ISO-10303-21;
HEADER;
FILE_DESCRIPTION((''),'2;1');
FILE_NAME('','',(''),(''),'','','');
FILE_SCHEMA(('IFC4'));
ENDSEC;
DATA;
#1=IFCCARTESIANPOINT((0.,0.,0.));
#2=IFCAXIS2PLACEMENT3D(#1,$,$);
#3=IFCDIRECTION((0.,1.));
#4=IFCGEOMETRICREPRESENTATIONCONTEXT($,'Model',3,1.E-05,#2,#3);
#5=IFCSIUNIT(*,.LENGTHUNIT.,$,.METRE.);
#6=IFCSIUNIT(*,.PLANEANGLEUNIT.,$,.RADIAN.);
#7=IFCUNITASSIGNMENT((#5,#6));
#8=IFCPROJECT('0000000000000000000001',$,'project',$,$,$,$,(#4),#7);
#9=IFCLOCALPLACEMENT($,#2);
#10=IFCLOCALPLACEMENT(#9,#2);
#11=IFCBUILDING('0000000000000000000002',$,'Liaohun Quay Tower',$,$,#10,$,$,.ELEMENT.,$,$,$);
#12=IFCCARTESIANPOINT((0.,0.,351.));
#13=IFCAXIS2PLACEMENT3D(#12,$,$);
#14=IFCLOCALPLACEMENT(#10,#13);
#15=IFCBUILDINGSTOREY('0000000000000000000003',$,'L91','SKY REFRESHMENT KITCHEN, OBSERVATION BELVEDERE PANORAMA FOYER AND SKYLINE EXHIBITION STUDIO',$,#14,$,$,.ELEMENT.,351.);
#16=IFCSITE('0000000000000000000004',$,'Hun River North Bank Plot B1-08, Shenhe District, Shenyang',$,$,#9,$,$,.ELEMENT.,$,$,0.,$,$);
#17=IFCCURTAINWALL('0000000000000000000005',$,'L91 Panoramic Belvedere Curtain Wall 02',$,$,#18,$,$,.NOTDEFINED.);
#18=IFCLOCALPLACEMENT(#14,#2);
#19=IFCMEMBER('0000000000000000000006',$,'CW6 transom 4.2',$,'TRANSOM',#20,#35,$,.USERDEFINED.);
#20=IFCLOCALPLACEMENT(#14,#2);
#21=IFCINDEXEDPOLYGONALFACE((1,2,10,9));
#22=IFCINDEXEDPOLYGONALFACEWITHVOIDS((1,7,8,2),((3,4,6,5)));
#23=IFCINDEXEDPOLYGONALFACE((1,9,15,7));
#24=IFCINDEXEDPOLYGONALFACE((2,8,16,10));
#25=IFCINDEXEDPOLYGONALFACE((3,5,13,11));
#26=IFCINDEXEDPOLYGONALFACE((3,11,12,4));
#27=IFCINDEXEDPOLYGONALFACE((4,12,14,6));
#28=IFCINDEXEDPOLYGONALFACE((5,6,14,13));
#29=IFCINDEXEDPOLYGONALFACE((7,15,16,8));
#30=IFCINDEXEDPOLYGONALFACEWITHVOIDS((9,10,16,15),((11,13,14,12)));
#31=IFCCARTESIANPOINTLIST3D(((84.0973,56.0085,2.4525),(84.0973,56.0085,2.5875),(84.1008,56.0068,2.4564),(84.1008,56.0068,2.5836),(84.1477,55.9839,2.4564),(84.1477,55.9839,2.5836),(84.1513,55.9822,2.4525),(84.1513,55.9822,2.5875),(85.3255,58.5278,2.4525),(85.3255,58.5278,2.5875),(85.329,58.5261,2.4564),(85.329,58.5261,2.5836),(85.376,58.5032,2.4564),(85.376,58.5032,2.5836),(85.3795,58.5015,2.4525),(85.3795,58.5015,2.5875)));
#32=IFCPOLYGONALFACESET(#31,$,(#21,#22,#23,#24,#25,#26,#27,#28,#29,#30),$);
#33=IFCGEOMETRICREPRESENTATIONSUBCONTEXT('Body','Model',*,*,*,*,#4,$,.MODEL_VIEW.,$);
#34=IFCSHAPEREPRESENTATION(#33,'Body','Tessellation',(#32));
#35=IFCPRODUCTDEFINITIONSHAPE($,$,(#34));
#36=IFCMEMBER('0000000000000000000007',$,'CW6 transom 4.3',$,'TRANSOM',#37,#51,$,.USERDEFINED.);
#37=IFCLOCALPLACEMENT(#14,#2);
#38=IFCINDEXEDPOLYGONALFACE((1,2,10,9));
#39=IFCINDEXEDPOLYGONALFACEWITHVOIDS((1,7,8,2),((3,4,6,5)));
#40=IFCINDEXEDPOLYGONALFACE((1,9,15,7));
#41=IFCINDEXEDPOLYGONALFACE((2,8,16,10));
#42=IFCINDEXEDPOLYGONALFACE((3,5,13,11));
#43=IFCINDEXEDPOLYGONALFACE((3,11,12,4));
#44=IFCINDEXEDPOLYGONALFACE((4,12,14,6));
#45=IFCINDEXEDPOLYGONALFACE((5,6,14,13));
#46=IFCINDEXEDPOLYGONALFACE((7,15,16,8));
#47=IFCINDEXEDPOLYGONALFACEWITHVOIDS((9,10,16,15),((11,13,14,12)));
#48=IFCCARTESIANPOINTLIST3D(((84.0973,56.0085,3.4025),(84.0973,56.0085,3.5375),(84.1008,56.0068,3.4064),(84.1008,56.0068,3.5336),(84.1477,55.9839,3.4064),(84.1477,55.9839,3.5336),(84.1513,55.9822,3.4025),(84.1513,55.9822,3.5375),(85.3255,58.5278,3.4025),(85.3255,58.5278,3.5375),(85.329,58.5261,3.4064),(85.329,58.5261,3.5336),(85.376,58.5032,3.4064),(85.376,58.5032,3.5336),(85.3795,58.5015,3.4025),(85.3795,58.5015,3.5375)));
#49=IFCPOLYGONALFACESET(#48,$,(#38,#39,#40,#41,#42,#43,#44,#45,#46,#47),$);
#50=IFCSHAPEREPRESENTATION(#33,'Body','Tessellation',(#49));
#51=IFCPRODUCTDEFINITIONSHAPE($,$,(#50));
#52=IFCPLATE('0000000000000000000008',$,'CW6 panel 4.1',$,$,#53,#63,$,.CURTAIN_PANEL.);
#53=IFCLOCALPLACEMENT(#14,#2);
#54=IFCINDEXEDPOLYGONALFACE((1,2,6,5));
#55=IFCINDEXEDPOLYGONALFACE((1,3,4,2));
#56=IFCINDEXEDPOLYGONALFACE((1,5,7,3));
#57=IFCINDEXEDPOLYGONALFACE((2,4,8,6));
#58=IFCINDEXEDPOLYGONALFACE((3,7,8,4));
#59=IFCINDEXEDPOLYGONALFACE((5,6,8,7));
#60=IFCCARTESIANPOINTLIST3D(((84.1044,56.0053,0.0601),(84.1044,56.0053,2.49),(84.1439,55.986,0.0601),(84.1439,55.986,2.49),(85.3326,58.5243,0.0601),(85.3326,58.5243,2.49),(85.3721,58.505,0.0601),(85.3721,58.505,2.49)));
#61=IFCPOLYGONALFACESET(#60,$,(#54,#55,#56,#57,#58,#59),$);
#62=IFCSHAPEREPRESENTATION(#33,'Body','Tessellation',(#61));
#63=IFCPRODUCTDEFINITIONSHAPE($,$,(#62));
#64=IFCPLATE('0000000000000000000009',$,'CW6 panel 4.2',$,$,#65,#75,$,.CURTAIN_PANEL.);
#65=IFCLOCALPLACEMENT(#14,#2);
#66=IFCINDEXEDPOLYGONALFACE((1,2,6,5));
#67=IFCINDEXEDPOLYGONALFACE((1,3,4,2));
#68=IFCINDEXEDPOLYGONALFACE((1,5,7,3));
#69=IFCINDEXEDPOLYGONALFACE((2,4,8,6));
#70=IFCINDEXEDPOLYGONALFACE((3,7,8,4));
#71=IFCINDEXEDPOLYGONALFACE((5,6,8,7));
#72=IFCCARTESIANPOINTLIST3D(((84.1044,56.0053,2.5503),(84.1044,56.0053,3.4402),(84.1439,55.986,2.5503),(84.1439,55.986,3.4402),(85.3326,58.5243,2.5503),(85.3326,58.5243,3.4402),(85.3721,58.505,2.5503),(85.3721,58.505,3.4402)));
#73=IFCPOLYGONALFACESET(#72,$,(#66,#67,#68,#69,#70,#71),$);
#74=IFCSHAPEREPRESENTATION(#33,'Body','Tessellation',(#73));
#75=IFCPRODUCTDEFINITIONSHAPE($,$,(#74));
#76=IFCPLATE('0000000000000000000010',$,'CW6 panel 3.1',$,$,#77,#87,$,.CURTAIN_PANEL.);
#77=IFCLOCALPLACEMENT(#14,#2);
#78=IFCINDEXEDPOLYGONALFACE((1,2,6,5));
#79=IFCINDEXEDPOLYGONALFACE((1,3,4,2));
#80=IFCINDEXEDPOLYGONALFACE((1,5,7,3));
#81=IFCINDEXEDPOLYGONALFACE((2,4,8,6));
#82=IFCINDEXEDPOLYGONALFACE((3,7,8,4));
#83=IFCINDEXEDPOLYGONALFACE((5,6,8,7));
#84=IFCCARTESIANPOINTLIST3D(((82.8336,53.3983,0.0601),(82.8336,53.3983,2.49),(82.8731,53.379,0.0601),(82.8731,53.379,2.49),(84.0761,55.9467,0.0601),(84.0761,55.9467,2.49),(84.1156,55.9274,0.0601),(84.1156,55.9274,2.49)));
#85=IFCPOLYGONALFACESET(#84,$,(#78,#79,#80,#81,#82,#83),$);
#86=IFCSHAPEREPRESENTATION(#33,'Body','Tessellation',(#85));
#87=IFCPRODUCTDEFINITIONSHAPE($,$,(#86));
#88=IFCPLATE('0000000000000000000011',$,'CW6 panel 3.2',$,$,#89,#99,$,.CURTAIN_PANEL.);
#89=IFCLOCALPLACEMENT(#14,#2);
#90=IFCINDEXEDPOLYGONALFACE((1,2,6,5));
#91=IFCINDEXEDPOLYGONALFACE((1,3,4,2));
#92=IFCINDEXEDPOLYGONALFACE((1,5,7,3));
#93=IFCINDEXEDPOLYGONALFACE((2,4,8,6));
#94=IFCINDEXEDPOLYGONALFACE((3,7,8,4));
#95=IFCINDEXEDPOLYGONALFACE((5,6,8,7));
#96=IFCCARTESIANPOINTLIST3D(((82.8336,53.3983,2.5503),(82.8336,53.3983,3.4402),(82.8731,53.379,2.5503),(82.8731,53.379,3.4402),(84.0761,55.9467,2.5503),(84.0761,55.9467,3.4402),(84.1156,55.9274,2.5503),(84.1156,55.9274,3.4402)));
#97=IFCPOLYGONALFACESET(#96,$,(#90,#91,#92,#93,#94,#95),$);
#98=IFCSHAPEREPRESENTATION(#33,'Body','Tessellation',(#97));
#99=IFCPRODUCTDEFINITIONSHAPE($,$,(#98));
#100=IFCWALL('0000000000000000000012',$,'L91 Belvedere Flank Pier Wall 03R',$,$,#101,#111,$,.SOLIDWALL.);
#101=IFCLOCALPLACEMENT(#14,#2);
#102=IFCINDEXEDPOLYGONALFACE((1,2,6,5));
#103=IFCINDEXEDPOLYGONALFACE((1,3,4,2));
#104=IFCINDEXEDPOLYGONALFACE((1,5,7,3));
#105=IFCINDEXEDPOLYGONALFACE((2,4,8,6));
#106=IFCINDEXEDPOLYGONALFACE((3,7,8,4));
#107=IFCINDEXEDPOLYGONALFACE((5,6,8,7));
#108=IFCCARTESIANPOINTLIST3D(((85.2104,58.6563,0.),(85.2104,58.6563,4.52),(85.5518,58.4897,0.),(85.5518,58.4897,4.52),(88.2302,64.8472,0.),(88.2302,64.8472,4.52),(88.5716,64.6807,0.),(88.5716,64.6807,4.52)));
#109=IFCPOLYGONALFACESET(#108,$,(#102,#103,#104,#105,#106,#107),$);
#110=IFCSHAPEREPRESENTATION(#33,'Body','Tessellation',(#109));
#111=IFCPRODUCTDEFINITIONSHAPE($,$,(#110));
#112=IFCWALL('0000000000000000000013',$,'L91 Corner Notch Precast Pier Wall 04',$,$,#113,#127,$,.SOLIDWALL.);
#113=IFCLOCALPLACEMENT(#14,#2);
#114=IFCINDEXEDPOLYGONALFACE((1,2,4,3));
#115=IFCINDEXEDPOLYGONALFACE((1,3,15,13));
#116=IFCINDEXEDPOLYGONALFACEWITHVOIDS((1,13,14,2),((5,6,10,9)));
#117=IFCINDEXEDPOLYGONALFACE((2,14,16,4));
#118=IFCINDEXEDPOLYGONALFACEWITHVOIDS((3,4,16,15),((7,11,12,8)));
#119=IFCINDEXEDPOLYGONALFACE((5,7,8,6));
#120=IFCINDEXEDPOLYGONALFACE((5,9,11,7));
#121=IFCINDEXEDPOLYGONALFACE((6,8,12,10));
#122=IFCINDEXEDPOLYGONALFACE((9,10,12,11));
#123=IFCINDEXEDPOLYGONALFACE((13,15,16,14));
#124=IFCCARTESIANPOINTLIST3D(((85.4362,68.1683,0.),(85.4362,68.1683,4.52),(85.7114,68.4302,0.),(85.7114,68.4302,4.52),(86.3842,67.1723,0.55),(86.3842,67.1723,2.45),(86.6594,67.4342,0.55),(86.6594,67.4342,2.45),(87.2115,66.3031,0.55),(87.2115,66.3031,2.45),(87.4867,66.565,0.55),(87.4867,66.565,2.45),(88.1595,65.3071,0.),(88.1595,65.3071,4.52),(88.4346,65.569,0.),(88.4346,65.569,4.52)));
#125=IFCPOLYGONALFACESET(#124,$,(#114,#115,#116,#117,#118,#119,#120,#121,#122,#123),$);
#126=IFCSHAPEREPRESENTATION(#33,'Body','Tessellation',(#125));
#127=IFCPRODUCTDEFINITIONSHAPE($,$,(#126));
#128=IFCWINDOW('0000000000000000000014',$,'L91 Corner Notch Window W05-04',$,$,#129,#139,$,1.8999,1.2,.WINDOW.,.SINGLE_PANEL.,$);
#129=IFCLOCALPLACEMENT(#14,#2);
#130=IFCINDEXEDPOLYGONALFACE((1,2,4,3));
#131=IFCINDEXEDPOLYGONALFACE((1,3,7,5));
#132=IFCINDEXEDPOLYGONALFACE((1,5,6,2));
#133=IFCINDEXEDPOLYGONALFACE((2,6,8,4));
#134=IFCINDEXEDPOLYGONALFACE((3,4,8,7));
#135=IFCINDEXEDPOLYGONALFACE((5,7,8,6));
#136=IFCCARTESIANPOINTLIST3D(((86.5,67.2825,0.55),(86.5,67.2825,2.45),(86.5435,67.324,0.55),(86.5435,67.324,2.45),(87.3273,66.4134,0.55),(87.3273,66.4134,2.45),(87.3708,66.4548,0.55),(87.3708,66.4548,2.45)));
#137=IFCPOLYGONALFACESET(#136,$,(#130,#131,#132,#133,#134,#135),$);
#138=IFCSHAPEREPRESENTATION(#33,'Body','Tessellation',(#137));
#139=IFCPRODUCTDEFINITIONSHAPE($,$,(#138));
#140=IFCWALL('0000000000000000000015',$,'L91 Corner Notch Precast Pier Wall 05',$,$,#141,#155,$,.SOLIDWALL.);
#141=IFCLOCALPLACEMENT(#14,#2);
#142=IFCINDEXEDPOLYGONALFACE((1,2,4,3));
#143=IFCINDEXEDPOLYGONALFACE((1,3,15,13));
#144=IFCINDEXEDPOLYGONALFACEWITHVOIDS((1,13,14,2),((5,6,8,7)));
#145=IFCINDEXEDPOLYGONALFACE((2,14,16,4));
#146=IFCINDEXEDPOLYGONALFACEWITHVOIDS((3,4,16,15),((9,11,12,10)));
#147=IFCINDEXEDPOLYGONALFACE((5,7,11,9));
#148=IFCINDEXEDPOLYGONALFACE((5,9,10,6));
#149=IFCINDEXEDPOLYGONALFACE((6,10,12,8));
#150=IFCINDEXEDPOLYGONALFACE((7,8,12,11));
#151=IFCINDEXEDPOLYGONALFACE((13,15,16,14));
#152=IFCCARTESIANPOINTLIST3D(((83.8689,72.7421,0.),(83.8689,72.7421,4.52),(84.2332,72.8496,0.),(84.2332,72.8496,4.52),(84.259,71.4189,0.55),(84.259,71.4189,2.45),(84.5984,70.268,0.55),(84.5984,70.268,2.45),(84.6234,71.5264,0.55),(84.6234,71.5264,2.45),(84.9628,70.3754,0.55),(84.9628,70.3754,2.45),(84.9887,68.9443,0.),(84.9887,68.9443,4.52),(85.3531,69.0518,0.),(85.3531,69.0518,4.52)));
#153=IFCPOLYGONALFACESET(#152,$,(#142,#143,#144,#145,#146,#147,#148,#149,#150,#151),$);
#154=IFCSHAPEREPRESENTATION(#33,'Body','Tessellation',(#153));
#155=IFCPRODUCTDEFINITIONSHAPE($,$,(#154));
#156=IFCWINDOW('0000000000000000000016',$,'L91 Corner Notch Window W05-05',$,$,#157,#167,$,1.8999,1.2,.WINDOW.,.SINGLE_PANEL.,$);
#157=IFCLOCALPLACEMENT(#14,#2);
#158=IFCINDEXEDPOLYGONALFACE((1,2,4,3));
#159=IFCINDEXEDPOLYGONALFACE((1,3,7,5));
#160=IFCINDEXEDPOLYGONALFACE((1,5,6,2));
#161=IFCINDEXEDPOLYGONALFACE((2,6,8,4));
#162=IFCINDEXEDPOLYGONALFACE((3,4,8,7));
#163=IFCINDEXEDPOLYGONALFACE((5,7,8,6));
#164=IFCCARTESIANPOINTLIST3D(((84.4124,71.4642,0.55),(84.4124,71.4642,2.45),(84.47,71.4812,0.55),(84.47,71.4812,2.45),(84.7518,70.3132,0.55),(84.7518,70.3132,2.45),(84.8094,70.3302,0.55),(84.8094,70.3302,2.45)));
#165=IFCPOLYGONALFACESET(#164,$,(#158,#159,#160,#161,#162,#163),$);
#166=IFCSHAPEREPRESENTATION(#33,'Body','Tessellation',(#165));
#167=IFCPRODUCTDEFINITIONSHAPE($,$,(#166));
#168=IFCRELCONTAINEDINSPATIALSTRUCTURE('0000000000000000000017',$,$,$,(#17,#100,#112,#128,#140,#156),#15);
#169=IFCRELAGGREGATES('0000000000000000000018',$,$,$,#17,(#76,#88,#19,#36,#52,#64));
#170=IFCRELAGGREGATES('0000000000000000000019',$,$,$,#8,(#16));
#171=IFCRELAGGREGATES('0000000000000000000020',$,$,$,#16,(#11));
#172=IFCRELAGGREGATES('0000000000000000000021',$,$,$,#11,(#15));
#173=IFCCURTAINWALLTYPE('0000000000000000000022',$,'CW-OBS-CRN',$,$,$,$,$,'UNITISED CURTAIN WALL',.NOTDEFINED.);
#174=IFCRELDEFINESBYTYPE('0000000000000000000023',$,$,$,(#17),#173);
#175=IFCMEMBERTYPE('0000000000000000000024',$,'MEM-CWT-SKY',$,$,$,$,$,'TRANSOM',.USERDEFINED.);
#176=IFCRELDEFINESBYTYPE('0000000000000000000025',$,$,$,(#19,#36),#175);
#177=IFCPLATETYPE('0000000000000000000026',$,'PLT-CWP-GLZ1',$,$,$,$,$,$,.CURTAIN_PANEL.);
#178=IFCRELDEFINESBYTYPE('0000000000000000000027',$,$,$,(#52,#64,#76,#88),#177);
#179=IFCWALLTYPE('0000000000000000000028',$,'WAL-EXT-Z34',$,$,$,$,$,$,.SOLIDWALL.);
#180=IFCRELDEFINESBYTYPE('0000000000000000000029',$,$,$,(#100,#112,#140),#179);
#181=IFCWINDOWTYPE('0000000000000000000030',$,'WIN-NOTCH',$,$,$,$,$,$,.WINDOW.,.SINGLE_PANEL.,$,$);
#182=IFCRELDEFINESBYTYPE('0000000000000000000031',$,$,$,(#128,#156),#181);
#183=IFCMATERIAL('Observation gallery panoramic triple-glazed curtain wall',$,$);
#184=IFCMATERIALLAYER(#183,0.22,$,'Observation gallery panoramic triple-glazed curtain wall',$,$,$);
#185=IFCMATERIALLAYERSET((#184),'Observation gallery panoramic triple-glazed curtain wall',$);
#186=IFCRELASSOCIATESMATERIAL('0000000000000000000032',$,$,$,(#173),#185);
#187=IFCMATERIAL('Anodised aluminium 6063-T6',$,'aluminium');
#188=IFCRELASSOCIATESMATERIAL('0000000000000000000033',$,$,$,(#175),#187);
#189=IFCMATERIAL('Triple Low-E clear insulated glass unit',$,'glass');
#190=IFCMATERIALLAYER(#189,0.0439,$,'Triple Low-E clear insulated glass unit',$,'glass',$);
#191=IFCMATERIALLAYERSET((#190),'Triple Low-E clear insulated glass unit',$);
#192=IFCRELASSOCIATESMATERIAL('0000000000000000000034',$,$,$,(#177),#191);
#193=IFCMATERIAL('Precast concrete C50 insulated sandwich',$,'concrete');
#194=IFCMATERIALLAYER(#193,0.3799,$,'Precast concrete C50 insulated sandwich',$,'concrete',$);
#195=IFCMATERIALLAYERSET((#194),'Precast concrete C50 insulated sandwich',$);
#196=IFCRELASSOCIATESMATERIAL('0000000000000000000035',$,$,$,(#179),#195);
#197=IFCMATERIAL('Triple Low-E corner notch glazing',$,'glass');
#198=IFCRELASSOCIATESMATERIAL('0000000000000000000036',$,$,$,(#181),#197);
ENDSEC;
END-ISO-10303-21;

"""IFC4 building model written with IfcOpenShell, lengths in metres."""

from ifc_helpers import new_model, si_unit, direction, frame, frame_2d, origin, origin_2d, place, context, subcontext, project, spatial, rectangle, hollow_rectangle, extrude, source, transform, mapped, material, layer, layer_set, material_profile, profile_set, type_object, element, fill, aggregate, save


model = new_model("IFC4")

# Units and contexts
model_context = context("Model", 3, precision=1e-05, world=origin(), true_north=direction((0.0, 1.0)))
body_context = subcontext(model_context, "Body", "Model", "MODEL_VIEW")
ifc_project = project(units=[si_unit("LENGTHUNIT", "METRE"), si_unit("PLANEANGLEUNIT", "RADIAN")], contexts=[model_context])

# Site, building, storey
site_placement = place(None, origin())
site = spatial("IfcSite", under=ifc_project, at=site_placement, Name="Hun River North Bank Plot B1-08, Shenhe District, Shenyang", CompositionType="ELEMENT", RefElevation=0.0)
building_placement = place(site_placement, origin())
building = spatial("IfcBuilding", under=site, at=building_placement, Name="Liaohun Quay Tower", CompositionType="ELEMENT")
storey_placement = place(building_placement, frame((0.0, 0.0, 351.0)))
storey = spatial("IfcBuildingStorey", under=building, at=storey_placement, Name="L91", Description="SKY REFRESHMENT KITCHEN, OBSERVATION BELVEDERE PANORAMA FOYER AND SKYLINE EXHIBITION STUDIO", CompositionType="ELEMENT", Elevation=351.0)

# Curtain wall, members, plates
ifc_material_1 = material(Name="Observation gallery panoramic triple-glazed curtain wall")
ifc_layer_1 = layer(ifc_material_1, 0.22, Name="Observation gallery panoramic triple-glazed curtain wall")
ifc_layer_set_1 = layer_set([ifc_layer_1], Name="Observation gallery panoramic triple-glazed curtain wall")
curtain_wall_type = type_object("IfcCurtainWallType", Name="CW-OBS-CRN", ElementType="UNITISED CURTAIN WALL", PredefinedType="NOTDEFINED", material=ifc_layer_set_1)
curtain_wall_placement = place(storey_placement, origin())
curtain_wall = element("IfcCurtainWall", 1, at=curtain_wall_placement, inside=storey, type_object=curtain_wall_type, Name="L91 Panoramic Belvedere Curtain Wall 02", PredefinedType="NOTDEFINED")
ifc_material_2 = material(Name="Anodised aluminium 6063-T6", Category="aluminium")
ifc_material_profile_1 = material_profile(ifc_material_2, hollow_rectangle(XDim=0.0601, YDim=0.135, WallThickness=0.0039, at=origin_2d()), Name="RHS135x60x4")
ifc_profile_set_1 = profile_set([ifc_material_profile_1], Name="Anodised aluminium 6063-T6")
member_type_1 = type_object("IfcMemberType", Name="MEM-CWT-SKY", ElementType="TRANSOM", PredefinedType="USERDEFINED", material=ifc_profile_set_1)
shared_shape_1 = source(origin(), body_context, "Body", "SweptSolid", [
    extrude(hollow_rectangle(XDim=0.0601, YDim=0.135, WallThickness=0.0039, at=origin_2d()), origin(), (0.0, 0.0, 1.0), 2.8027),
])
member_1_placement = place(storey_placement, frame((84.1243, 55.9954, 2.52), z_axis=(0.438237, 0.89886, 0.0), x_axis=(-0.89886, 0.438237, 0.0)))
member_1 = element("IfcMember", 2, at=member_1_placement, type_object=member_type_1, Name="CW6 transom 4.2", ObjectType="TRANSOM", PredefinedType="USERDEFINED", context=body_context, shape_type="MappedRepresentation", body=[
    mapped(shared_shape_1, transform((0.0, 0.0, 0.0), x_axis=(1.0, 0.0, 0.0), y_axis=(0.0, 1.0, 0.0), z_axis=(0.0, 0.0, 1.0), scale=1.0)),
])
member_2_placement = place(storey_placement, frame((84.1243, 55.9954, 3.47), z_axis=(0.438237, 0.89886, 0.0), x_axis=(-0.89886, 0.438237, 0.0)))
member_2 = element("IfcMember", 3, at=member_2_placement, type_object=member_type_1, Name="CW6 transom 4.3", ObjectType="TRANSOM", PredefinedType="USERDEFINED", context=body_context, shape_type="MappedRepresentation", body=[
    mapped(shared_shape_1, transform((0.0, 0.0, 0.0), x_axis=(1.0, 0.0, 0.0), y_axis=(0.0, 1.0, 0.0), z_axis=(0.0, 0.0, 1.0), scale=1.0)),
])
ifc_material_3 = material(Name="Triple Low-E clear insulated glass unit", Category="glass")
ifc_layer_2 = layer(ifc_material_3, 0.0439, Name="Triple Low-E clear insulated glass unit", Category="glass")
ifc_layer_set_2 = layer_set([ifc_layer_2], Name="Triple Low-E clear insulated glass unit")
plate_type = type_object("IfcPlateType", Name="PLT-CWP-GLZ1", PredefinedType="CURTAIN_PANEL", material=ifc_layer_set_2)
shared_shape_2 = source(origin(), body_context, "Body", "SweptSolid", [
    extrude(rectangle(XDim=2.8025, YDim=0.0439, at=origin_2d()), origin(), (0.0, 0.0, 1.0), 2.4299),
])
plate_1_placement = place(storey_placement, frame((84.7383, 57.2551, 0.0601), z_axis=(0.0, 0.0, 1.0), x_axis=(0.438261, 0.898848, 0.0)))
plate_1 = element("IfcPlate", 4, at=plate_1_placement, type_object=plate_type, Name="CW6 panel 4.1", PredefinedType="CURTAIN_PANEL", context=body_context, shape_type="MappedRepresentation", body=[
    mapped(shared_shape_2, transform((0.0, 0.0, 0.0), x_axis=(1.0, 0.0, 0.0), y_axis=(0.0, 1.0, 0.0), z_axis=(0.0, 0.0, 1.0), scale=1.0)),
])
shared_shape_3 = source(origin(), body_context, "Body", "SweptSolid", [
    extrude(rectangle(XDim=2.8025, YDim=0.0439, at=origin_2d()), origin(), (0.0, 0.0, 1.0), 0.8899),
])
plate_2_placement = place(storey_placement, frame((84.7383, 57.2551, 2.5503), z_axis=(0.0, 0.0, 1.0), x_axis=(0.438261, 0.898848, 0.0)))
plate_2 = element("IfcPlate", 5, at=plate_2_placement, type_object=plate_type, Name="CW6 panel 4.2", PredefinedType="CURTAIN_PANEL", context=body_context, shape_type="MappedRepresentation", body=[
    mapped(shared_shape_3, transform((0.0, 0.0, 0.0), x_axis=(1.0, 0.0, 0.0), y_axis=(0.0, 1.0, 0.0), z_axis=(0.0, 0.0, 1.0), scale=1.0)),
])
shared_shape_4 = source(origin(), body_context, "Body", "SweptSolid", [
    extrude(rectangle(XDim=2.8352, YDim=0.0439, at=origin_2d()), origin(), (0.0, 0.0, 1.0), 2.4299),
])
plate_3_placement = place(storey_placement, frame((83.4746, 54.6628, 0.0601), z_axis=(0.0, 0.0, 1.0), x_axis=(0.438261, 0.898848, 0.0)))
plate_3 = element("IfcPlate", 6, at=plate_3_placement, type_object=plate_type, Name="CW6 panel 3.1", PredefinedType="CURTAIN_PANEL", context=body_context, shape_type="MappedRepresentation", body=[
    mapped(shared_shape_4, transform((0.0, 0.0, 0.0), x_axis=(1.0, 0.0, 0.0), y_axis=(0.0, 1.0, 0.0), z_axis=(0.0, 0.0, 1.0), scale=1.0)),
])
shared_shape_5 = source(origin(), body_context, "Body", "SweptSolid", [
    extrude(rectangle(XDim=2.8352, YDim=0.0439, at=origin_2d()), origin(), (0.0, 0.0, 1.0), 0.8899),
])
plate_4_placement = place(storey_placement, frame((83.4746, 54.6628, 2.5503), z_axis=(0.0, 0.0, 1.0), x_axis=(0.438261, 0.898848, 0.0)))
plate_4 = element("IfcPlate", 7, at=plate_4_placement, type_object=plate_type, Name="CW6 panel 3.2", PredefinedType="CURTAIN_PANEL", context=body_context, shape_type="MappedRepresentation", body=[
    mapped(shared_shape_5, transform((0.0, 0.0, 0.0), x_axis=(1.0, 0.0, 0.0), y_axis=(0.0, 1.0, 0.0), z_axis=(0.0, 0.0, 1.0), scale=1.0)),
])
aggregate(curtain_wall, [plate_3, plate_4, member_1, member_2, plate_1, plate_2])

# Wall
ifc_material_4 = material(Name="Precast concrete C50 insulated sandwich", Category="concrete")
ifc_layer_3 = layer(ifc_material_4, 0.3799, Name="Precast concrete C50 insulated sandwich", Category="concrete")
ifc_layer_set_3 = layer_set([ifc_layer_3], Name="Precast concrete C50 insulated sandwich")
wall_type_1 = type_object("IfcWallType", Name="WAL-EXT-Z34", PredefinedType="SOLIDWALL", material=ifc_layer_set_3)
wall_1_placement = place(storey_placement, frame((85.3811, 58.573, 0.0), z_axis=(0.0, 0.0, 1.0), x_axis=(0.438402, 0.898779, 0.0)))
element("IfcWall", 8, at=wall_1_placement, inside=storey, type_object=wall_type_1, Name="L91 Belvedere Flank Pier Wall 03R", PredefinedType="SOLIDWALL", context=body_context, shape_type="SweptSolid", body=[
    extrude(rectangle(XDim=6.8882, YDim=0.3799, at=frame_2d((3.4441, 0.0))), origin(), (0.0, 0.0, 1.0), 4.52),
])

# Walls, openings, windows
wall_2_placement = place(storey_placement, frame((88.2971, 65.438, 0.0), z_axis=(0.0, 0.0, 1.0), x_axis=(-0.68943, 0.724353, 0.0)))
wall_2 = element("IfcWall", 9, at=wall_2_placement, inside=storey, type_object=wall_type_1, Name="L91 Corner Notch Precast Pier Wall 04", PredefinedType="SOLIDWALL", context=body_context, shape_type="SweptSolid", body=[
    extrude(rectangle(XDim=3.95, YDim=0.3799, at=frame_2d((1.9751, 0.0))), origin(), (0.0, 0.0, 1.0), 4.52),
])
shared_shape_6 = source(origin(), body_context, "Body", "SweptSolid", [
    extrude(rectangle(XDim=1.2, YDim=1.8999, at=frame_2d((0.6001, 0.95))), frame((0.0, 0.2, 0.0), z_axis=(0.0, -1.0, 0.0), x_axis=(1.0, 0.0, 0.0)), (0.0, 0.0, 1.0), 0.3999),
])
opening_1_placement = place(wall_2_placement, frame((1.375, 0.0, 0.55)))
opening_1 = element("IfcOpeningElement", 10, at=opening_1_placement, cuts=wall_2, PredefinedType="OPENING", context=body_context, shape_type="MappedRepresentation", body=[
    mapped(shared_shape_6, transform((0.0, 0.0, 0.0), x_axis=(1.0, 0.0, 0.0), y_axis=(0.0, 1.0, 0.0), z_axis=(0.0, 0.0, 1.0), scale=1.0)),
])
ifc_material_5 = material(Name="Triple Low-E corner notch glazing", Category="glass")
window_type = type_object("IfcWindowType", Name="WIN-NOTCH", PartitioningType="SINGLE_PANEL", PredefinedType="WINDOW", material=ifc_material_5)
shared_shape_7 = source(origin(), body_context, "Body", "SweptSolid", [
    extrude(rectangle(XDim=1.2, YDim=1.8999, at=frame_2d((0.6001, 0.95))), frame((0.0, 0.03, 0.0), z_axis=(0.0, -1.0, 0.0), x_axis=(1.0, 0.0, 0.0)), (0.0, 0.0, 1.0), 0.0601),
])
window_1_placement = place(opening_1_placement, origin())
window_1 = element("IfcWindow", 11, at=window_1_placement, inside=storey, type_object=window_type, Name="L91 Corner Notch Window W05-04", OverallHeight=1.8999, OverallWidth=1.2, PartitioningType="SINGLE_PANEL", PredefinedType="WINDOW", context=body_context, shape_type="MappedRepresentation", body=[
    mapped(shared_shape_7, transform((0.0, 0.0, 0.0), x_axis=(1.0, 0.0, 0.0), y_axis=(0.0, 1.0, 0.0), z_axis=(0.0, 0.0, 1.0), scale=1.0)),
])
fill(opening_1, window_1)
wall_3_placement = place(storey_placement, frame((85.1709, 68.998, 0.0), z_axis=(0.0, 0.0, 1.0), x_axis=(-0.282831, 0.95917, 0.0)))
wall_3 = element("IfcWall", 12, at=wall_3_placement, inside=storey, type_object=wall_type_1, Name="L91 Corner Notch Precast Pier Wall 05", PredefinedType="SOLIDWALL", context=body_context, shape_type="SweptSolid", body=[
    extrude(rectangle(XDim=3.9595, YDim=0.3799, at=frame_2d((1.9797, 0.0))), origin(), (0.0, 0.0, 1.0), 4.52),
])
opening_2_placement = place(wall_3_placement, frame((1.3799, 0.0, 0.55)))
opening_2 = element("IfcOpeningElement", 13, at=opening_2_placement, cuts=wall_3, PredefinedType="OPENING", context=body_context, shape_type="MappedRepresentation", body=[
    mapped(shared_shape_6, transform((0.0, 0.0, 0.0), x_axis=(1.0, 0.0, 0.0), y_axis=(0.0, 1.0, 0.0), z_axis=(0.0, 0.0, 1.0), scale=1.0)),
])
window_2_placement = place(opening_2_placement, origin())
window_2 = element("IfcWindow", 14, at=window_2_placement, inside=storey, type_object=window_type, Name="L91 Corner Notch Window W05-05", OverallHeight=1.8999, OverallWidth=1.2, PartitioningType="SINGLE_PANEL", PredefinedType="WINDOW", context=body_context, shape_type="MappedRepresentation", body=[
    mapped(shared_shape_7, transform((0.0, 0.0, 0.0), x_axis=(1.0, 0.0, 0.0), y_axis=(0.0, 1.0, 0.0), z_axis=(0.0, 0.0, 1.0), scale=1.0)),
])
fill(opening_2, window_2)

save(model, "model.ifc")
